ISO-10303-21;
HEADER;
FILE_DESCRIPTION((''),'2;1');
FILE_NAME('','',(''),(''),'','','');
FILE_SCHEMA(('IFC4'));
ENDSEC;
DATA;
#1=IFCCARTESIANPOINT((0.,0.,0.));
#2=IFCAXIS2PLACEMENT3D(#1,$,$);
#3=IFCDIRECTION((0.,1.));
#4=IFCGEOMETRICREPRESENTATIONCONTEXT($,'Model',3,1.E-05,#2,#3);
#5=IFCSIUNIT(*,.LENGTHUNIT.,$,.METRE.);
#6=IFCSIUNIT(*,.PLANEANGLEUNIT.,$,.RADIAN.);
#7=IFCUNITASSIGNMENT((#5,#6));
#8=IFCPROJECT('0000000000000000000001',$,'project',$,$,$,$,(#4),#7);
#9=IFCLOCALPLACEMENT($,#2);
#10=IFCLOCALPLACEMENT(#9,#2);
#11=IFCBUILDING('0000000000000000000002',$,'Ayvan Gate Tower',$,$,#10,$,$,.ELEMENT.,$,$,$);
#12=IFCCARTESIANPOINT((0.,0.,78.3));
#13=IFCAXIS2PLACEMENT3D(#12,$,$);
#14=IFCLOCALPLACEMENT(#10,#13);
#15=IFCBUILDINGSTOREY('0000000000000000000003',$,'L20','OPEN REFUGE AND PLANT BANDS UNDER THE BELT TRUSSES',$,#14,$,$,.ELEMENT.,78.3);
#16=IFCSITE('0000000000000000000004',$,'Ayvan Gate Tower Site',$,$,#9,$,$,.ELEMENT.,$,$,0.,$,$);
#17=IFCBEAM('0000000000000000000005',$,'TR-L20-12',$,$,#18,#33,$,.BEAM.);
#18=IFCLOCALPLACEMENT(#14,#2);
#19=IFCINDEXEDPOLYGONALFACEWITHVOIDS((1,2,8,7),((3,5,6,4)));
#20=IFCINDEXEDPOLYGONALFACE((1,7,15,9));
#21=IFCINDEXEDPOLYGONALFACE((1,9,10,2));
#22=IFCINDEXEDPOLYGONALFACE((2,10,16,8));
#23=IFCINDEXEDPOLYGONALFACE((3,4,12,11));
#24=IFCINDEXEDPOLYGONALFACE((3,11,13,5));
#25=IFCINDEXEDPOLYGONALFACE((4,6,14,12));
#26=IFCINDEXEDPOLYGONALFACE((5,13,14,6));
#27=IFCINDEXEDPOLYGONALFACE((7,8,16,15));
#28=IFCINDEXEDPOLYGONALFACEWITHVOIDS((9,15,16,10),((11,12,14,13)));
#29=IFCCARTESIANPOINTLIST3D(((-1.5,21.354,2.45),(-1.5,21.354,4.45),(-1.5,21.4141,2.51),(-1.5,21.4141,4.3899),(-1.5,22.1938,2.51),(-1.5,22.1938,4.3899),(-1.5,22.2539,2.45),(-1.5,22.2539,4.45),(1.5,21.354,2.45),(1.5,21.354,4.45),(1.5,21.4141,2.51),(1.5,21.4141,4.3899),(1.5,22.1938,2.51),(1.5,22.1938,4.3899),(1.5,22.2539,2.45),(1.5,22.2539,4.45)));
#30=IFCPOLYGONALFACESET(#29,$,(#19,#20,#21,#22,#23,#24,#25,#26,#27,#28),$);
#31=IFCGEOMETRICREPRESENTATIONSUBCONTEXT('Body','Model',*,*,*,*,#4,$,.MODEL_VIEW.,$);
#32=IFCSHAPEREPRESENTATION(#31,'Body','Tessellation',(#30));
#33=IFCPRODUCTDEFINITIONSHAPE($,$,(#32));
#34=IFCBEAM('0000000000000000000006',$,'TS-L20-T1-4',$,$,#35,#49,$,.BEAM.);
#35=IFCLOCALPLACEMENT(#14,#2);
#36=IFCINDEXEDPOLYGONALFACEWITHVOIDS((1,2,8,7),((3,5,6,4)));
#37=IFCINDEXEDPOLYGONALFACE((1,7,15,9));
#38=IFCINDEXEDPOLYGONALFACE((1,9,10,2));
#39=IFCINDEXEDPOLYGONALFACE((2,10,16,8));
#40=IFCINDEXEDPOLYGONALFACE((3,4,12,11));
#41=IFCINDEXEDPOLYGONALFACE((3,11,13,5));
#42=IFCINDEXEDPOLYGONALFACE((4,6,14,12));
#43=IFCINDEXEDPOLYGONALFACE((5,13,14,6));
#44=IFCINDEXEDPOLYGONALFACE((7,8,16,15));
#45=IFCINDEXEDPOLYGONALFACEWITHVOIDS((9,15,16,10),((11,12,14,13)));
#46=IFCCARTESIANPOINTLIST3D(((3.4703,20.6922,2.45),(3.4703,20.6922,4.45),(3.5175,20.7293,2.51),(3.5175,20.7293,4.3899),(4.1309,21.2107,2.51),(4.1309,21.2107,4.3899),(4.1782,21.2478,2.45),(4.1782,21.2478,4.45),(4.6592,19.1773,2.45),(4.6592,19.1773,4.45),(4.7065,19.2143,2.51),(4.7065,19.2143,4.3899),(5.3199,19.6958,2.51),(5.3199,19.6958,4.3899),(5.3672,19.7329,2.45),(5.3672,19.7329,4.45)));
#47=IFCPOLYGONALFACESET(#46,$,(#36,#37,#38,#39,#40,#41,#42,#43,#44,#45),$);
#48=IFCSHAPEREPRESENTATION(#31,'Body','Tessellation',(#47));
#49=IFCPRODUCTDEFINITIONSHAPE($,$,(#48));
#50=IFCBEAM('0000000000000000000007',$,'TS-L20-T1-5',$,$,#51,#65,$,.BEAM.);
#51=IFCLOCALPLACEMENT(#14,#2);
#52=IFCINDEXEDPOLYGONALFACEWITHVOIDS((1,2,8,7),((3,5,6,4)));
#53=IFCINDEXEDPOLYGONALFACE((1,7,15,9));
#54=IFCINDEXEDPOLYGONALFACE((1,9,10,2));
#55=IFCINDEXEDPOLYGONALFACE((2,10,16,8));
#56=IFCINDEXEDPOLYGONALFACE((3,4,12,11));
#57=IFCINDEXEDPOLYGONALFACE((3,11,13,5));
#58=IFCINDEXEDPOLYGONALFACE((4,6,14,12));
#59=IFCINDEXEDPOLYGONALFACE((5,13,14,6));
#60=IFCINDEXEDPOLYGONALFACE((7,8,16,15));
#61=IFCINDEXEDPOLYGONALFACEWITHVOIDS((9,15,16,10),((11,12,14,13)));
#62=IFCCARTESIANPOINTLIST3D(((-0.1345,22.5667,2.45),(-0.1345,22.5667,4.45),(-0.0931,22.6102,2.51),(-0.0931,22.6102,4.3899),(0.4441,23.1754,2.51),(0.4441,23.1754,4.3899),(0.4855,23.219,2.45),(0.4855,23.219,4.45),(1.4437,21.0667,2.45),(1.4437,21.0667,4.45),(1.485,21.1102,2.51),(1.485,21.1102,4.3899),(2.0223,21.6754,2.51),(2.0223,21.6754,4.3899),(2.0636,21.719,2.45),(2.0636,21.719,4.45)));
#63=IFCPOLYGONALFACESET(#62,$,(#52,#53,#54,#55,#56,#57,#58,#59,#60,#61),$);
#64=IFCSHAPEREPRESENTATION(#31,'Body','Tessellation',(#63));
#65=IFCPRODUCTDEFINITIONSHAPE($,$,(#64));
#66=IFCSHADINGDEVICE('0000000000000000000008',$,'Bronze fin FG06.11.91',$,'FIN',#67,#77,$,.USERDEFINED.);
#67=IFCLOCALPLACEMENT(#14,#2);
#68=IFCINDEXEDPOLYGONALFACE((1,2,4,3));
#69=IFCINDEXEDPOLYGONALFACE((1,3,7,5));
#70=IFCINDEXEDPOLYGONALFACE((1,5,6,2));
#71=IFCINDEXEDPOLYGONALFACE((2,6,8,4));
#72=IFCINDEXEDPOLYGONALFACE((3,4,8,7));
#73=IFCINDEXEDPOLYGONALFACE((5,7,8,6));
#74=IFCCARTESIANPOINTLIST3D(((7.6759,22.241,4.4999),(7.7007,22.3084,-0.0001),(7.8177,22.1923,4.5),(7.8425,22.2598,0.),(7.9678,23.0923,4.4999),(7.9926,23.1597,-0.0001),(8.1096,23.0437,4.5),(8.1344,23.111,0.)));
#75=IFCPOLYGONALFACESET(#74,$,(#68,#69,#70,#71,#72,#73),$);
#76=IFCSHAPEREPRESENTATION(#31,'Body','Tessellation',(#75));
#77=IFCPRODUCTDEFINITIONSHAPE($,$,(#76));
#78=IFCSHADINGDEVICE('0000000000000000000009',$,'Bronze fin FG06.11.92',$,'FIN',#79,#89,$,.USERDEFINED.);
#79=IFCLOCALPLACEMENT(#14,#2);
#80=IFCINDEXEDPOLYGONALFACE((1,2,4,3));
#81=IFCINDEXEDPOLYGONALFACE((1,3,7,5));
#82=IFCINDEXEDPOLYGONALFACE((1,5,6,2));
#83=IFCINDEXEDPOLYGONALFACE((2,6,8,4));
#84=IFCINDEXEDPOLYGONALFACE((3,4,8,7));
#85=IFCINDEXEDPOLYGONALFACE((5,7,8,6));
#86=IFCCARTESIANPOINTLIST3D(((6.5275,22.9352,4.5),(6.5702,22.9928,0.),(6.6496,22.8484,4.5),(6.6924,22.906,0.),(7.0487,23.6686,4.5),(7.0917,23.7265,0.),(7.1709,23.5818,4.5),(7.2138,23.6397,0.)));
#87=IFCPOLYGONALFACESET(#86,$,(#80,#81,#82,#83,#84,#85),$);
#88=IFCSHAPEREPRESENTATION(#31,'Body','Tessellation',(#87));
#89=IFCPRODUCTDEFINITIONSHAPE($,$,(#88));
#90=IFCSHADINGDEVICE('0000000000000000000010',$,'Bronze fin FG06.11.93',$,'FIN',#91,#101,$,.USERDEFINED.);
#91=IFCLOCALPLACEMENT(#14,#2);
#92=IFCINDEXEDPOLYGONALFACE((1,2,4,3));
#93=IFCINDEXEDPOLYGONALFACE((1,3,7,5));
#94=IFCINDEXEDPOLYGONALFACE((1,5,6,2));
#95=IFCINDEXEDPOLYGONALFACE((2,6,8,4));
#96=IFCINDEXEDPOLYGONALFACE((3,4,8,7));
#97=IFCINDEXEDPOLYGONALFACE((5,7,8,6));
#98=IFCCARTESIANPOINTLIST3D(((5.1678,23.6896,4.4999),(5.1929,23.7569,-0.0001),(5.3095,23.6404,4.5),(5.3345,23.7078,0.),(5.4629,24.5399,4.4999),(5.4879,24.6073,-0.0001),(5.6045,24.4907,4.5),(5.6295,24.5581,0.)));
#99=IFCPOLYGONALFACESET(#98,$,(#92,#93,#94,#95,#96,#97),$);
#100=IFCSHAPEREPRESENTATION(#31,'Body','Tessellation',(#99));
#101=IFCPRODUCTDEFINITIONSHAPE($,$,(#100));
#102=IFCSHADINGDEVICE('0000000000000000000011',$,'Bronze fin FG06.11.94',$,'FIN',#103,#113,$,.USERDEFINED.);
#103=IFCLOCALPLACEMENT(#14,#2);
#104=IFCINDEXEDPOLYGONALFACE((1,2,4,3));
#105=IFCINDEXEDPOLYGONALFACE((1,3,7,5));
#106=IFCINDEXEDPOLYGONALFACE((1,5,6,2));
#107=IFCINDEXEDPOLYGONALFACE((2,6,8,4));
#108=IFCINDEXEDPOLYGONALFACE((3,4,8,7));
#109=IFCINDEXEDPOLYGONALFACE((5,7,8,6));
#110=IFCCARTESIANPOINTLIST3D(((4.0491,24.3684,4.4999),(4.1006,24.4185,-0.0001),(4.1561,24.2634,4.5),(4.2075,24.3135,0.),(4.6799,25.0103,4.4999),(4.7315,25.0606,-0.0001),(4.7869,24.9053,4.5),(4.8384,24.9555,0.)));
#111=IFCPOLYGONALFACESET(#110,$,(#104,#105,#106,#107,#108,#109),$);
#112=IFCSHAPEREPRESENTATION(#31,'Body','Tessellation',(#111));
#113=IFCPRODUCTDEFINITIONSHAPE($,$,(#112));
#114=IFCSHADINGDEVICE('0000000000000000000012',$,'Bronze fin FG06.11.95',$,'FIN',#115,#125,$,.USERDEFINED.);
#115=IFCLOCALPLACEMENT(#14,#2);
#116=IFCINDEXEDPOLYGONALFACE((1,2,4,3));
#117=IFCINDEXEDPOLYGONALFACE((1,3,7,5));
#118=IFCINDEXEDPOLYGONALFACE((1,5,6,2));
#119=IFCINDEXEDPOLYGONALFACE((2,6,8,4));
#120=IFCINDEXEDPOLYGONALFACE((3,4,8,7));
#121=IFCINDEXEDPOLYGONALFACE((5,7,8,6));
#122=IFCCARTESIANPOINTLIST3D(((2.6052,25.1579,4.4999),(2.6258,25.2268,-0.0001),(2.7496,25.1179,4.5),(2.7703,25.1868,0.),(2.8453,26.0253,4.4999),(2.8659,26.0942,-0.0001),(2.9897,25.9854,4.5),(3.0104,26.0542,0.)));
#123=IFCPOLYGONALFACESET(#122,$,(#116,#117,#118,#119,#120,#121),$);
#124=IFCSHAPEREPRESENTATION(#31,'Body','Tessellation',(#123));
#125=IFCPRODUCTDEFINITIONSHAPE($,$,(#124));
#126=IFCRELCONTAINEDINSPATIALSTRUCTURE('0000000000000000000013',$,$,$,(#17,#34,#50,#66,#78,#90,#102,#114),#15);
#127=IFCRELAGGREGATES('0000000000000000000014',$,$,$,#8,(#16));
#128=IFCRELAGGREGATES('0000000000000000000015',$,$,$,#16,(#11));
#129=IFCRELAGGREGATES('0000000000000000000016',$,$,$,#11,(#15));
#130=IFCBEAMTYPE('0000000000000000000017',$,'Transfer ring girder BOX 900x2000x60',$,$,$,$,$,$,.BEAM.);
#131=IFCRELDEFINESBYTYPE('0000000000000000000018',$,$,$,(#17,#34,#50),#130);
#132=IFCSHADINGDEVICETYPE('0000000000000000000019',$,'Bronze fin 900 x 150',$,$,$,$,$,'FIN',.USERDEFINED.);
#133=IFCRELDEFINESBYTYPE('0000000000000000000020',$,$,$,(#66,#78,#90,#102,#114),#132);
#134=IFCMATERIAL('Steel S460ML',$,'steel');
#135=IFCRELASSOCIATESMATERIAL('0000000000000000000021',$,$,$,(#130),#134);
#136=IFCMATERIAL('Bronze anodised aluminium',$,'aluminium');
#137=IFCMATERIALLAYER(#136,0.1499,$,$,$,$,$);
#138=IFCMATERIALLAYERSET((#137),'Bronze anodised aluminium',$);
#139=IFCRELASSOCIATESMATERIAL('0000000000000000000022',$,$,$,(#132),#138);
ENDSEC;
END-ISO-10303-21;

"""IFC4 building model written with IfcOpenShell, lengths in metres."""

from ifc_helpers import new_model, si_unit, direction, frame, origin, origin_2d, place, context, subcontext, project, spatial, polyline, hollow_rectangle, outline, extrude, material, layer, layer_set, material_profile, profile_set, type_object, element, save


model = new_model("IFC4")

# Units and contexts
model_context = context("Model", 3, precision=1e-05, world=origin(), true_north=direction((0.0, 1.0)))
body_context = subcontext(model_context, "Body", "Model", "MODEL_VIEW")
ifc_project = project(units=[si_unit("LENGTHUNIT", "METRE"), si_unit("PLANEANGLEUNIT", "RADIAN")], contexts=[model_context])

# Site, building, storey
site_placement = place(None, origin())
site = spatial("IfcSite", under=ifc_project, at=site_placement, Name="Ayvan Gate Tower Site", CompositionType="ELEMENT", RefElevation=0.0)
building_placement = place(site_placement, origin())
building = spatial("IfcBuilding", under=site, at=building_placement, Name="Ayvan Gate Tower", CompositionType="ELEMENT")
storey_placement = place(building_placement, frame((0.0, 0.0, 78.3)))
storey = spatial("IfcBuildingStorey", under=building, at=storey_placement, Name="L20", Description="OPEN REFUGE AND PLANT BANDS UNDER THE BELT TRUSSES", CompositionType="ELEMENT", Elevation=78.3)

# Shared definitions
ifc_material_1 = material(Name="Steel S460ML", Category="steel")

# Beams
ifc_material_profile_1 = material_profile(ifc_material_1, hollow_rectangle(XDim=0.8999, YDim=2.0, WallThickness=0.0601, at=origin_2d()), Name="BOX 900x2000x60")
ifc_profile_set_1 = profile_set([ifc_material_profile_1], Name="Steel S460ML")
beam_type_1 = type_object("IfcBeamType", Name="Transfer ring girder BOX 900x2000x60", PredefinedType="BEAM", material=ifc_profile_set_1)
beam_1_placement = place(storey_placement, frame((1.5, 21.804, 3.45), z_axis=(-1.0, 0.0, 0.0), x_axis=(0.0, -1.0, 0.0)))
element("IfcBeam", 1, at=beam_1_placement, inside=storey, type_object=beam_type_1, Name="TR-L20-12", PredefinedType="BEAM", context=body_context, shape_type="SweptSolid", body=[
    extrude(hollow_rectangle(XDim=0.8999, YDim=2.0, WallThickness=0.0601, at=origin_2d()), origin(), (0.0, 0.0, 1.0), 3.0),
])
beam_2_placement = place(storey_placement, frame((3.8242, 20.97, 3.45), z_axis=(0.617402, -0.786648, 0.0), x_axis=(0.786648, 0.617402, 0.0)))
element("IfcBeam", 2, at=beam_2_placement, inside=storey, type_object=beam_type_1, Name="TS-L20-T1-4", PredefinedType="BEAM", context=body_context, shape_type="SweptSolid", body=[
    extrude(hollow_rectangle(XDim=0.8999, YDim=2.0, WallThickness=0.0601, at=origin_2d()), origin(), (0.0, 0.0, 1.0), 1.9258),
])
beam_3_placement = place(storey_placement, frame((0.1755, 22.8928, 3.45), z_axis=(0.72482, -0.688938, 0.0), x_axis=(0.688938, 0.72482, 0.0)))
element("IfcBeam", 3, at=beam_3_placement, inside=storey, type_object=beam_type_1, Name="TS-L20-T1-5", PredefinedType="BEAM", context=body_context, shape_type="SweptSolid", body=[
    extrude(hollow_rectangle(XDim=0.8999, YDim=2.0, WallThickness=0.0601, at=origin_2d()), origin(), (0.0, 0.0, 1.0), 2.1772),
])

# Shading devices
ifc_material_2 = material(Name="Bronze anodised aluminium", Category="aluminium")
ifc_layer_1 = layer(ifc_material_2, 0.1499)
ifc_layer_set_1 = layer_set([ifc_layer_1], Name="Bronze anodised aluminium")
shading_device_type = type_object("IfcShadingDeviceType", Name="Bronze fin 900 x 150", ElementType="FIN", PredefinedType="USERDEFINED", material=ifc_layer_set_1)
shading_device_1_placement = place(storey_placement, frame((7.8425, 22.2598, 0.0), z_axis=(0.945949, -0.324314, 0.000353), x_axis=(0.324314, 0.94595, 0.0)))
element("IfcShadingDevice", 4, at=shading_device_1_placement, inside=storey, type_object=shading_device_type, Name="Bronze fin FG06.11.91", ObjectType="FIN", PredefinedType="USERDEFINED", context=body_context, shape_type="SweptSolid", body=[
    extrude(outline(polyline([(0.0, 0.0), (0.8999, 0.0), (0.8282, 4.5), (-0.0718, 4.5), (0.0, 0.0)])), origin(), (0.0, 0.0, -1.0), 0.1499),
])
shading_device_2_placement = place(storey_placement, frame((6.6924, 22.906, 0.0), z_axis=(0.815088, -0.579338, 0.000327), x_axis=(0.579338, 0.815088, 0.0)))
element("IfcShadingDevice", 5, at=shading_device_2_placement, inside=storey, type_object=shading_device_type, Name="Bronze fin FG06.11.92", ObjectType="FIN", PredefinedType="USERDEFINED", context=body_context, shape_type="SweptSolid", body=[
    extrude(outline(polyline([(0.0, 0.0), (0.9001, 0.0), (0.828, 4.5), (-0.0717, 4.5), (0.0, 0.0)])), origin(), (0.0, 0.0, -1.0), 0.1499),
])
shading_device_3_placement = place(storey_placement, frame((5.3345, 23.7078, 0.0), z_axis=(0.944747, -0.3278, 0.000345), x_axis=(0.3278, 0.944747, 0.0)))
element("IfcShadingDevice", 6, at=shading_device_3_placement, inside=storey, type_object=shading_device_type, Name="Bronze fin FG06.11.93", ObjectType="FIN", PredefinedType="USERDEFINED", context=body_context, shape_type="SweptSolid", body=[
    extrude(outline(polyline([(0.0, 0.0), (0.9001, 0.0), (0.8282, 4.5), (-0.0718, 4.5), (0.0, 0.0)])), origin(), (0.0, 0.0, -1.0), 0.1499),
])
shading_device_4_placement = place(storey_placement, frame((4.2075, 24.3135, 0.0), z_axis=(0.713251, -0.700909, 0.00035), x_axis=(0.700909, 0.713251, 0.0)))
element("IfcShadingDevice", 7, at=shading_device_4_placement, inside=storey, type_object=shading_device_type, Name="Bronze fin FG06.11.94", ObjectType="FIN", PredefinedType="USERDEFINED", context=body_context, shape_type="SweptSolid", body=[
    extrude(outline(polyline([(0.0, 0.0), (0.9001, 0.0), (0.8282, 4.5), (-0.0718, 4.5), (0.0, 0.0)])), origin(), (0.0, 0.0, -1.0), 0.1499),
])
shading_device_5_placement = place(storey_placement, frame((2.7703, 25.1868, 0.0), z_axis=(0.963758, -0.266776, 0.000337), x_axis=(0.266776, 0.963758, 0.0)))
element("IfcShadingDevice", 8, at=shading_device_5_placement, inside=storey, type_object=shading_device_type, Name="Bronze fin FG06.11.95", ObjectType="FIN", PredefinedType="USERDEFINED", context=body_context, shape_type="SweptSolid", body=[
    extrude(outline(polyline([(0.0, 0.0), (0.9, 0.0), (0.8282, 4.5), (-0.0719, 4.5), (0.0, 0.0)])), origin(), (0.0, 0.0, -1.0), 0.1499),
])

save(model, "model.ifc")
